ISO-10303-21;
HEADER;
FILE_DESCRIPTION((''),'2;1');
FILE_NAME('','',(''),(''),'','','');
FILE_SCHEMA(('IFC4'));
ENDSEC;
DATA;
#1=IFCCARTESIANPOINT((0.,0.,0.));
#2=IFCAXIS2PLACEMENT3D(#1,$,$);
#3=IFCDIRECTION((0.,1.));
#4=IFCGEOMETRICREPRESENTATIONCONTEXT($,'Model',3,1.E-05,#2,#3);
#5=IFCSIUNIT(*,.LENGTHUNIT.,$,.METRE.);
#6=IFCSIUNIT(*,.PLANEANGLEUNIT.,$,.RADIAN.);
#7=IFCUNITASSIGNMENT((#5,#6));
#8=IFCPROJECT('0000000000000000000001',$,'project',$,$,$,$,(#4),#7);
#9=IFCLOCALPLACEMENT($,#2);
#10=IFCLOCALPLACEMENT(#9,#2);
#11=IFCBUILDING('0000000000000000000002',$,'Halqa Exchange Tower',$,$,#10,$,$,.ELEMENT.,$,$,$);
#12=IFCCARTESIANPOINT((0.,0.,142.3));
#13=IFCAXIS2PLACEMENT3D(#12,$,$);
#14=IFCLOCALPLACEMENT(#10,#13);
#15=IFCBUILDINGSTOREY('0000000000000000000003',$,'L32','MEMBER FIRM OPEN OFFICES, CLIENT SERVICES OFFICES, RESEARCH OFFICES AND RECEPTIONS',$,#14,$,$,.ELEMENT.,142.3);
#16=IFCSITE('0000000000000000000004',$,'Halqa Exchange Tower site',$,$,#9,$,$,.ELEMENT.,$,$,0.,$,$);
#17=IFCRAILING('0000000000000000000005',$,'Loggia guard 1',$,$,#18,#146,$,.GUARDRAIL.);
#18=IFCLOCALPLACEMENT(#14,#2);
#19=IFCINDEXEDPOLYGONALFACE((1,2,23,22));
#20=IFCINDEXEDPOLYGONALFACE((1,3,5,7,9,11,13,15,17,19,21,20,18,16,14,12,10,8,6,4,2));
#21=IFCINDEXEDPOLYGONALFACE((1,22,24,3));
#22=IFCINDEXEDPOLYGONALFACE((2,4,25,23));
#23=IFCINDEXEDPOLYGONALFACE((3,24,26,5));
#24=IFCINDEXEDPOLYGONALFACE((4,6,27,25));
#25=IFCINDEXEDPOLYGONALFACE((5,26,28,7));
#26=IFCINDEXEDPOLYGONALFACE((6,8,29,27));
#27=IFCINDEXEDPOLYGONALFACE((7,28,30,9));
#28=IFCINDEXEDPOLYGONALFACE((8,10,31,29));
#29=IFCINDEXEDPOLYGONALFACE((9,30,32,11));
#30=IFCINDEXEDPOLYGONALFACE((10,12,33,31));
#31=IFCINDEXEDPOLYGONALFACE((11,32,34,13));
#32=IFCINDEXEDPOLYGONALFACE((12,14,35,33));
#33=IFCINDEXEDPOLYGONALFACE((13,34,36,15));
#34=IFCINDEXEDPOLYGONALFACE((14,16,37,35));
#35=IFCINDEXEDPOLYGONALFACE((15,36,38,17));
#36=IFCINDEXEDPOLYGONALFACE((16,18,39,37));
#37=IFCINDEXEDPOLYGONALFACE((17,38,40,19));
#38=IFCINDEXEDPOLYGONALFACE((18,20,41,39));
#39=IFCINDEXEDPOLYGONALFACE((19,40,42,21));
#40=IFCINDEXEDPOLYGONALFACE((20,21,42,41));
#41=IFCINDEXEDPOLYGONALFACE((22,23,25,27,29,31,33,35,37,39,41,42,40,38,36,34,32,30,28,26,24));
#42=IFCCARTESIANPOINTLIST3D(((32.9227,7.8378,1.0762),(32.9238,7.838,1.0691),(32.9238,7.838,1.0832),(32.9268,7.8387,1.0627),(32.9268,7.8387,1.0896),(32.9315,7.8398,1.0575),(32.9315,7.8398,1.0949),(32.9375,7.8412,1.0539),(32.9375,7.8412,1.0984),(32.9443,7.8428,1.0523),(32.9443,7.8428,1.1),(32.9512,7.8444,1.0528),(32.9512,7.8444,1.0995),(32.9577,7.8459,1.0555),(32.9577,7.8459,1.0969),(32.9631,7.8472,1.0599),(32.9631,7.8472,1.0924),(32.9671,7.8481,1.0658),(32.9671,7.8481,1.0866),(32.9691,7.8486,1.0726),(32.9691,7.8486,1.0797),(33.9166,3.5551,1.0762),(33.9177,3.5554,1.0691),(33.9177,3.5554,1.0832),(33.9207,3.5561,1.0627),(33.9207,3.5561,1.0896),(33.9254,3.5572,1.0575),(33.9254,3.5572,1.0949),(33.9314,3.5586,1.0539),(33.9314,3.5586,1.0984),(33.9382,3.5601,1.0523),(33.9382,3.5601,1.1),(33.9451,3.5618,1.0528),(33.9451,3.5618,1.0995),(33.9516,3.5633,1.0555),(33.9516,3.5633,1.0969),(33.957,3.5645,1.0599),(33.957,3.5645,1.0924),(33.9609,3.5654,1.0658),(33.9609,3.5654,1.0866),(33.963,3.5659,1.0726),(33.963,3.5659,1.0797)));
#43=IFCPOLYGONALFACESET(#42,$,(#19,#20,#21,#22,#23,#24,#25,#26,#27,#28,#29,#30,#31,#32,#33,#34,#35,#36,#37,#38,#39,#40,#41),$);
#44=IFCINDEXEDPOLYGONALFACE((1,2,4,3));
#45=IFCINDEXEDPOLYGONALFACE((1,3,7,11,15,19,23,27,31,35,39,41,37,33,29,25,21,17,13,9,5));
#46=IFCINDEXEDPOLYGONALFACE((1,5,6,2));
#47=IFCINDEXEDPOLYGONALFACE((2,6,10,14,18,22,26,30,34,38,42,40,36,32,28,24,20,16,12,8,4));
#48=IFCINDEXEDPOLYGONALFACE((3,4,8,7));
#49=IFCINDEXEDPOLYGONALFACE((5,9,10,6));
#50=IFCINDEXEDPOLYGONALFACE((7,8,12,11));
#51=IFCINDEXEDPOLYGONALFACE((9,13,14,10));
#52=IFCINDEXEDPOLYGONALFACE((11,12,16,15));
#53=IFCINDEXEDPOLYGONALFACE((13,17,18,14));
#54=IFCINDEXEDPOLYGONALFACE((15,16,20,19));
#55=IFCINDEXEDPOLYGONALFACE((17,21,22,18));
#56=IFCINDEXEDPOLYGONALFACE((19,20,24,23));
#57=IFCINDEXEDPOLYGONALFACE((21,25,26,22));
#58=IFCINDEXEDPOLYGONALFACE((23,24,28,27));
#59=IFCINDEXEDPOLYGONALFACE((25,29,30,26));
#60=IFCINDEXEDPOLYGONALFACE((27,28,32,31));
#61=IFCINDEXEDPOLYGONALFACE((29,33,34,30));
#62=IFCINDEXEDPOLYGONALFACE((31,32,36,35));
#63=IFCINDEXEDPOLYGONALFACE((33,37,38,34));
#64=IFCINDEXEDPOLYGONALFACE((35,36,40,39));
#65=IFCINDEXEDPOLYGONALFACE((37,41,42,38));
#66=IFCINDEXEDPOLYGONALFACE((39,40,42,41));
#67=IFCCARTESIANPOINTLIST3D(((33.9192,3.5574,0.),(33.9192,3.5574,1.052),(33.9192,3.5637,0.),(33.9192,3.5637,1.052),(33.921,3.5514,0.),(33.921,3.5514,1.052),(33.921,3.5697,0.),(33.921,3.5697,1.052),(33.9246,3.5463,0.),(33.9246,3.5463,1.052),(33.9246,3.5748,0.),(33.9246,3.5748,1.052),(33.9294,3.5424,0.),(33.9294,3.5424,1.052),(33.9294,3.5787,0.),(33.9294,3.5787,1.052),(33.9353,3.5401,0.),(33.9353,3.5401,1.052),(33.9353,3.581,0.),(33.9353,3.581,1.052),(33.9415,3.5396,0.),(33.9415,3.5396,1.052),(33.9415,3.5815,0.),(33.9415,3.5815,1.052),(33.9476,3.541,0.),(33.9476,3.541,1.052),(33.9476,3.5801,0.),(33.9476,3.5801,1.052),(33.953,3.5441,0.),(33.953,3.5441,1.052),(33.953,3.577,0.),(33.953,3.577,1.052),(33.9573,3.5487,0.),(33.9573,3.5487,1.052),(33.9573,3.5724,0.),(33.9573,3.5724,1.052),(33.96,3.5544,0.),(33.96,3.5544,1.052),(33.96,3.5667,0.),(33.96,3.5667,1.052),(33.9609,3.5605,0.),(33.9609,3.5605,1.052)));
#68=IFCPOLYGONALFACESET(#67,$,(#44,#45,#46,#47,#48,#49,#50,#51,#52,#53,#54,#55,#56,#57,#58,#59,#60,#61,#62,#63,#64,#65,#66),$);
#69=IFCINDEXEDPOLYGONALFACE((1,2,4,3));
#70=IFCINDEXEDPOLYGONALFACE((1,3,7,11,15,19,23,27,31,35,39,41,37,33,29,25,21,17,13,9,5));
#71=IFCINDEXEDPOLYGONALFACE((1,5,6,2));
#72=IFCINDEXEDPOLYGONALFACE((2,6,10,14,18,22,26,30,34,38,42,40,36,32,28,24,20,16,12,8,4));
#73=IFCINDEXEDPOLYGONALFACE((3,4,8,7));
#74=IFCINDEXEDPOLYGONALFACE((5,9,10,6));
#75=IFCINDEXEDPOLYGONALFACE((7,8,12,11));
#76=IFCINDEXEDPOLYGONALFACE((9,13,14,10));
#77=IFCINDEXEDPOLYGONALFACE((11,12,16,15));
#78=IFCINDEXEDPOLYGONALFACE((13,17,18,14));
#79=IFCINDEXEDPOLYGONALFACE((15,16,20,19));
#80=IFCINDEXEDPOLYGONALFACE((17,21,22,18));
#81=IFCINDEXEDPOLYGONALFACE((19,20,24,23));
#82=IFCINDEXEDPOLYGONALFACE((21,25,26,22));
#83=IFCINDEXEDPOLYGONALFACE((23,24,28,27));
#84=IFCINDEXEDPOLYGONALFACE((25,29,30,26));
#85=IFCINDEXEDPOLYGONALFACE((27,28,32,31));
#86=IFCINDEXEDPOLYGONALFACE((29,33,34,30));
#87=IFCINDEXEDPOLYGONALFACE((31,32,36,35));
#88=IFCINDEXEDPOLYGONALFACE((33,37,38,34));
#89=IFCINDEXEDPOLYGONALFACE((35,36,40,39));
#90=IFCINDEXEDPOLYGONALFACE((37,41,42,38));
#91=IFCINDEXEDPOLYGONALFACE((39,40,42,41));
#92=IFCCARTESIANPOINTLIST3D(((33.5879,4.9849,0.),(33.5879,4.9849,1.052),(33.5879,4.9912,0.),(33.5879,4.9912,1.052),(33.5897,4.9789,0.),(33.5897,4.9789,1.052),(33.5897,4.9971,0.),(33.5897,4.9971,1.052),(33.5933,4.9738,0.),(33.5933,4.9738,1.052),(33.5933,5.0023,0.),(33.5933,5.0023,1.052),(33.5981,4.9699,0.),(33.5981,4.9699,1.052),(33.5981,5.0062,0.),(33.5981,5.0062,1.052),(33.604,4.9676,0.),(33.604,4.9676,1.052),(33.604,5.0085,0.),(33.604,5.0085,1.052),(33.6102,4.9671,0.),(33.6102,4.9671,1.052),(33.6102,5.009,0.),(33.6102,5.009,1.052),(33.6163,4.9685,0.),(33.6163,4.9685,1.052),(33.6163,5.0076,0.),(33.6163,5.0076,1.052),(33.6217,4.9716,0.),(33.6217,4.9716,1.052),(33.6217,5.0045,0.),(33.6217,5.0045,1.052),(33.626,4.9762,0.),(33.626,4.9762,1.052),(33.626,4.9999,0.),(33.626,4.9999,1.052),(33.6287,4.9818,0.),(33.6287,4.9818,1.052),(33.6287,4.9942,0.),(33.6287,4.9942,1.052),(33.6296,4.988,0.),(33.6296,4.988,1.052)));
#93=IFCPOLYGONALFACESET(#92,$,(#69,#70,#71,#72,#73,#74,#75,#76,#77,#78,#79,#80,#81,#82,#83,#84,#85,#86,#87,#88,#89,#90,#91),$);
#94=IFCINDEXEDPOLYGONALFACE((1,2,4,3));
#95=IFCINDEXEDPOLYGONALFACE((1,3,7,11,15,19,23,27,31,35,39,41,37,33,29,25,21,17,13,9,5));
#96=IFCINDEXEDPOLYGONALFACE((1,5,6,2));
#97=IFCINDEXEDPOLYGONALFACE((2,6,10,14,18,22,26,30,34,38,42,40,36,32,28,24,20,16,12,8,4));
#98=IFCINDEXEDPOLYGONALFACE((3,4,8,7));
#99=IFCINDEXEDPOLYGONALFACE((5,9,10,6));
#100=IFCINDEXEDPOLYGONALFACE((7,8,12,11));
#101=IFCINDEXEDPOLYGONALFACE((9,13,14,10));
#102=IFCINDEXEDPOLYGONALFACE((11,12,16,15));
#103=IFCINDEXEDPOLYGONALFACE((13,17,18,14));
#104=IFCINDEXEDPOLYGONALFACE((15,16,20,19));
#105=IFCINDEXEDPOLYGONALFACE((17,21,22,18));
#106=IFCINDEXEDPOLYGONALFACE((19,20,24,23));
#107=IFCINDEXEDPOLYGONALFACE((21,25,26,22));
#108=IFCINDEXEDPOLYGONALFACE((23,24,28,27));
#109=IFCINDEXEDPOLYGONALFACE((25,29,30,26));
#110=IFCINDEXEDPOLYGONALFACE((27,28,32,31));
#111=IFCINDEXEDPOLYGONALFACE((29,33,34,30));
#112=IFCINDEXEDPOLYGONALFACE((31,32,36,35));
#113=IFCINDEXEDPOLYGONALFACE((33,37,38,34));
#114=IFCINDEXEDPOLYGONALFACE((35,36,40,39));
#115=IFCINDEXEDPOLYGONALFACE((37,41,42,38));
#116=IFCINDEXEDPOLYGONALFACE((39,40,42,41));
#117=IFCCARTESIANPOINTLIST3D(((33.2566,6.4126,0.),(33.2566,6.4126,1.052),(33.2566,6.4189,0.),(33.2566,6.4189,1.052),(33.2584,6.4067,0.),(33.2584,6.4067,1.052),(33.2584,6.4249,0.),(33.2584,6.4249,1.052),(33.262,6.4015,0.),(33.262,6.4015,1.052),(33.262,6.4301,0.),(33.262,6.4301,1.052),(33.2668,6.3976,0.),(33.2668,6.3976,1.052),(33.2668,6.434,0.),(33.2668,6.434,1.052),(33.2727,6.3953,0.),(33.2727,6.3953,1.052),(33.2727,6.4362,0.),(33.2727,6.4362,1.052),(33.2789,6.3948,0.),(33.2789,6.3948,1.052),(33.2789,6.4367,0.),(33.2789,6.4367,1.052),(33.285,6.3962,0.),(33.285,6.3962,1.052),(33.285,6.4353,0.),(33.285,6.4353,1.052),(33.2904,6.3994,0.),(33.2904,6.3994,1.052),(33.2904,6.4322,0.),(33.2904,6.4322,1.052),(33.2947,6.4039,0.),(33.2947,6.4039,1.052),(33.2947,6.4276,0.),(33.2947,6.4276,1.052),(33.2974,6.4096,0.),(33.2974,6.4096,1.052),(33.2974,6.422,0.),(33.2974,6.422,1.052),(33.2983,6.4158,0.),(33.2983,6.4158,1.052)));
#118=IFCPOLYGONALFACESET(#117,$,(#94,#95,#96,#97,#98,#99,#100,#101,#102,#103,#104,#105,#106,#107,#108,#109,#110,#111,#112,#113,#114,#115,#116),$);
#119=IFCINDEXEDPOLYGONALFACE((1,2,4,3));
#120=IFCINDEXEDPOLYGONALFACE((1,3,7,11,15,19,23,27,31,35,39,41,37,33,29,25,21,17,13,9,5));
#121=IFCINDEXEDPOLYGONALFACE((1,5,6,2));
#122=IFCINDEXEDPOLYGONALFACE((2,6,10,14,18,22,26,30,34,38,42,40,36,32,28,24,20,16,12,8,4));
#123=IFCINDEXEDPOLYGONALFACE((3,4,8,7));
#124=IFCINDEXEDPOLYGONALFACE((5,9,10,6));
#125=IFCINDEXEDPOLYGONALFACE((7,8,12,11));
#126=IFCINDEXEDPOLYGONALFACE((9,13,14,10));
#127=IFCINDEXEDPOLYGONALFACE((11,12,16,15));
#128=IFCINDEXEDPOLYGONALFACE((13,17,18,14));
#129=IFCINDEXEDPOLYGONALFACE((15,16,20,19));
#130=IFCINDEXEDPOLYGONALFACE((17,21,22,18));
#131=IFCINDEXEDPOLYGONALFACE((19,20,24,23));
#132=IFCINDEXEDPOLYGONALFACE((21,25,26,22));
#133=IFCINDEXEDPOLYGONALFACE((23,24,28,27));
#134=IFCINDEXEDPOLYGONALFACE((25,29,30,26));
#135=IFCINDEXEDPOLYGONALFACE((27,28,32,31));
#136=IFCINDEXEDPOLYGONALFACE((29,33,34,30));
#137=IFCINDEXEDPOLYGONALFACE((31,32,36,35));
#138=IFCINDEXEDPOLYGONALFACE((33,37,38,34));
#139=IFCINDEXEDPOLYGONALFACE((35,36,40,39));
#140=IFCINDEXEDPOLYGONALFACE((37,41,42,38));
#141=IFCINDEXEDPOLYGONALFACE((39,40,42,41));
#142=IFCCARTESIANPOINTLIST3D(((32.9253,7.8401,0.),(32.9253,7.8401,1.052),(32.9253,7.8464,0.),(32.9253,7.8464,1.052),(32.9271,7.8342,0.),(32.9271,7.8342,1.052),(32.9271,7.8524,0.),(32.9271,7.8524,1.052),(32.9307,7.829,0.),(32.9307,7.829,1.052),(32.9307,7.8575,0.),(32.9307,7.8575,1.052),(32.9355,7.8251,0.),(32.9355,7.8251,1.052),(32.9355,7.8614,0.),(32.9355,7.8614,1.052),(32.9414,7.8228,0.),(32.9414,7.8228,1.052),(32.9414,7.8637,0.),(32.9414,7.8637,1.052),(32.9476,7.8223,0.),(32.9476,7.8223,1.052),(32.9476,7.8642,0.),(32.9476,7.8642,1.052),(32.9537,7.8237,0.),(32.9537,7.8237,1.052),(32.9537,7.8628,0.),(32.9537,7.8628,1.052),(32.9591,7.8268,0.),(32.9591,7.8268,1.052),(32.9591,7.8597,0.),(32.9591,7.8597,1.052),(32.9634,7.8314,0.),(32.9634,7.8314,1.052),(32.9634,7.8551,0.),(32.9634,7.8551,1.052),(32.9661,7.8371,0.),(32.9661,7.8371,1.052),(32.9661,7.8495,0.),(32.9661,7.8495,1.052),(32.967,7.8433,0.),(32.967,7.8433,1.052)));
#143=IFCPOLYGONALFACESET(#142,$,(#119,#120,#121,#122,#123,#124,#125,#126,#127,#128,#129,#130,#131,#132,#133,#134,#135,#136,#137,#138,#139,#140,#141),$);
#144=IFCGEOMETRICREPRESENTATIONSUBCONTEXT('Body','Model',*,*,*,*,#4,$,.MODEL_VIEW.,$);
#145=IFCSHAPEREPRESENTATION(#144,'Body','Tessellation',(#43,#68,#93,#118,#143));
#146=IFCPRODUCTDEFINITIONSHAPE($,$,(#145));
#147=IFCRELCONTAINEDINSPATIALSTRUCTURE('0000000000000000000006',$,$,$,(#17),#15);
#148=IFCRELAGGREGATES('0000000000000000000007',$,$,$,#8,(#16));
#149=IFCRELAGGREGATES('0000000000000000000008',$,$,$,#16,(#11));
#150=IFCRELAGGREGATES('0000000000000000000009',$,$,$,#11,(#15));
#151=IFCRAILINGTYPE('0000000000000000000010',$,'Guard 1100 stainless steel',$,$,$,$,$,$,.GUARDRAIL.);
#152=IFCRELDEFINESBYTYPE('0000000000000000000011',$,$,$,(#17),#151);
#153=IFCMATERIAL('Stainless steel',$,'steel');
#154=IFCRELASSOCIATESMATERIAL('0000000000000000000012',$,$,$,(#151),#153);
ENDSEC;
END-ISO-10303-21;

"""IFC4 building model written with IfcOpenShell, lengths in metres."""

from ifc_helpers import new_model, si_unit, direction, frame, origin, origin_2d, place, context, subcontext, project, spatial, circle, extrude, material, type_object, element, save


model = new_model("IFC4")

# Units and contexts
model_context = context("Model", 3, precision=1e-05, world=origin(), true_north=direction((0.0, 1.0)))
body_context = subcontext(model_context, "Body", "Model", "MODEL_VIEW")
ifc_project = project(units=[si_unit("LENGTHUNIT", "METRE"), si_unit("PLANEANGLEUNIT", "RADIAN")], contexts=[model_context])

# Site, building, storey
site_placement = place(None, origin())
site = spatial("IfcSite", under=ifc_project, at=site_placement, Name="Halqa Exchange Tower site", CompositionType="ELEMENT", RefElevation=0.0)
building_placement = place(site_placement, origin())
building = spatial("IfcBuilding", under=site, at=building_placement, Name="Halqa Exchange Tower", CompositionType="ELEMENT")
storey_placement = place(building_placement, frame((0.0, 0.0, 142.3)))
storey = spatial("IfcBuildingStorey", under=building, at=storey_placement, Name="L32", Description="MEMBER FIRM OPEN OFFICES, CLIENT SERVICES OFFICES, RESEARCH OFFICES AND RECEPTIONS", CompositionType="ELEMENT", Elevation=142.3)

# Railing
ifc_material_1 = material(Name="Stainless steel", Category="steel")
railing_type = type_object("IfcRailingType", Name="Guard 1100 stainless steel", PredefinedType="GUARDRAIL", material=ifc_material_1)
railing_1_placement = place(storey_placement, frame((33.9399, 3.5605, 0.0)))
element("IfcRailing", 1, at=railing_1_placement, inside=storey, type_object=railing_type, Name="Loggia guard 1", PredefinedType="GUARDRAIL", context=body_context, shape_type="SweptSolid", body=[
    extrude(circle(Radius=0.0239, at=origin_2d()), frame((0.0, 0.0, 1.0762), z_axis=(-0.226064, 0.974112, 0.0), x_axis=(-0.974112, -0.226064, 0.0)), (0.0, 0.0, 1.0), 4.3965),
    extrude(circle(Radius=0.021, at=origin_2d()), origin(), (0.0, 0.0, 1.0), 1.052),
    extrude(circle(Radius=0.021, at=origin_2d()), frame((-0.3313, 1.4275, 0.0)), (0.0, 0.0, 1.0), 1.052),
    extrude(circle(Radius=0.021, at=origin_2d()), frame((-0.6626, 2.8552, 0.0)), (0.0, 0.0, 1.0), 1.052),
    extrude(circle(Radius=0.021, at=origin_2d()), frame((-0.9939, 4.2827, 0.0)), (0.0, 0.0, 1.0), 1.052),
])

save(model, "model.ifc")
